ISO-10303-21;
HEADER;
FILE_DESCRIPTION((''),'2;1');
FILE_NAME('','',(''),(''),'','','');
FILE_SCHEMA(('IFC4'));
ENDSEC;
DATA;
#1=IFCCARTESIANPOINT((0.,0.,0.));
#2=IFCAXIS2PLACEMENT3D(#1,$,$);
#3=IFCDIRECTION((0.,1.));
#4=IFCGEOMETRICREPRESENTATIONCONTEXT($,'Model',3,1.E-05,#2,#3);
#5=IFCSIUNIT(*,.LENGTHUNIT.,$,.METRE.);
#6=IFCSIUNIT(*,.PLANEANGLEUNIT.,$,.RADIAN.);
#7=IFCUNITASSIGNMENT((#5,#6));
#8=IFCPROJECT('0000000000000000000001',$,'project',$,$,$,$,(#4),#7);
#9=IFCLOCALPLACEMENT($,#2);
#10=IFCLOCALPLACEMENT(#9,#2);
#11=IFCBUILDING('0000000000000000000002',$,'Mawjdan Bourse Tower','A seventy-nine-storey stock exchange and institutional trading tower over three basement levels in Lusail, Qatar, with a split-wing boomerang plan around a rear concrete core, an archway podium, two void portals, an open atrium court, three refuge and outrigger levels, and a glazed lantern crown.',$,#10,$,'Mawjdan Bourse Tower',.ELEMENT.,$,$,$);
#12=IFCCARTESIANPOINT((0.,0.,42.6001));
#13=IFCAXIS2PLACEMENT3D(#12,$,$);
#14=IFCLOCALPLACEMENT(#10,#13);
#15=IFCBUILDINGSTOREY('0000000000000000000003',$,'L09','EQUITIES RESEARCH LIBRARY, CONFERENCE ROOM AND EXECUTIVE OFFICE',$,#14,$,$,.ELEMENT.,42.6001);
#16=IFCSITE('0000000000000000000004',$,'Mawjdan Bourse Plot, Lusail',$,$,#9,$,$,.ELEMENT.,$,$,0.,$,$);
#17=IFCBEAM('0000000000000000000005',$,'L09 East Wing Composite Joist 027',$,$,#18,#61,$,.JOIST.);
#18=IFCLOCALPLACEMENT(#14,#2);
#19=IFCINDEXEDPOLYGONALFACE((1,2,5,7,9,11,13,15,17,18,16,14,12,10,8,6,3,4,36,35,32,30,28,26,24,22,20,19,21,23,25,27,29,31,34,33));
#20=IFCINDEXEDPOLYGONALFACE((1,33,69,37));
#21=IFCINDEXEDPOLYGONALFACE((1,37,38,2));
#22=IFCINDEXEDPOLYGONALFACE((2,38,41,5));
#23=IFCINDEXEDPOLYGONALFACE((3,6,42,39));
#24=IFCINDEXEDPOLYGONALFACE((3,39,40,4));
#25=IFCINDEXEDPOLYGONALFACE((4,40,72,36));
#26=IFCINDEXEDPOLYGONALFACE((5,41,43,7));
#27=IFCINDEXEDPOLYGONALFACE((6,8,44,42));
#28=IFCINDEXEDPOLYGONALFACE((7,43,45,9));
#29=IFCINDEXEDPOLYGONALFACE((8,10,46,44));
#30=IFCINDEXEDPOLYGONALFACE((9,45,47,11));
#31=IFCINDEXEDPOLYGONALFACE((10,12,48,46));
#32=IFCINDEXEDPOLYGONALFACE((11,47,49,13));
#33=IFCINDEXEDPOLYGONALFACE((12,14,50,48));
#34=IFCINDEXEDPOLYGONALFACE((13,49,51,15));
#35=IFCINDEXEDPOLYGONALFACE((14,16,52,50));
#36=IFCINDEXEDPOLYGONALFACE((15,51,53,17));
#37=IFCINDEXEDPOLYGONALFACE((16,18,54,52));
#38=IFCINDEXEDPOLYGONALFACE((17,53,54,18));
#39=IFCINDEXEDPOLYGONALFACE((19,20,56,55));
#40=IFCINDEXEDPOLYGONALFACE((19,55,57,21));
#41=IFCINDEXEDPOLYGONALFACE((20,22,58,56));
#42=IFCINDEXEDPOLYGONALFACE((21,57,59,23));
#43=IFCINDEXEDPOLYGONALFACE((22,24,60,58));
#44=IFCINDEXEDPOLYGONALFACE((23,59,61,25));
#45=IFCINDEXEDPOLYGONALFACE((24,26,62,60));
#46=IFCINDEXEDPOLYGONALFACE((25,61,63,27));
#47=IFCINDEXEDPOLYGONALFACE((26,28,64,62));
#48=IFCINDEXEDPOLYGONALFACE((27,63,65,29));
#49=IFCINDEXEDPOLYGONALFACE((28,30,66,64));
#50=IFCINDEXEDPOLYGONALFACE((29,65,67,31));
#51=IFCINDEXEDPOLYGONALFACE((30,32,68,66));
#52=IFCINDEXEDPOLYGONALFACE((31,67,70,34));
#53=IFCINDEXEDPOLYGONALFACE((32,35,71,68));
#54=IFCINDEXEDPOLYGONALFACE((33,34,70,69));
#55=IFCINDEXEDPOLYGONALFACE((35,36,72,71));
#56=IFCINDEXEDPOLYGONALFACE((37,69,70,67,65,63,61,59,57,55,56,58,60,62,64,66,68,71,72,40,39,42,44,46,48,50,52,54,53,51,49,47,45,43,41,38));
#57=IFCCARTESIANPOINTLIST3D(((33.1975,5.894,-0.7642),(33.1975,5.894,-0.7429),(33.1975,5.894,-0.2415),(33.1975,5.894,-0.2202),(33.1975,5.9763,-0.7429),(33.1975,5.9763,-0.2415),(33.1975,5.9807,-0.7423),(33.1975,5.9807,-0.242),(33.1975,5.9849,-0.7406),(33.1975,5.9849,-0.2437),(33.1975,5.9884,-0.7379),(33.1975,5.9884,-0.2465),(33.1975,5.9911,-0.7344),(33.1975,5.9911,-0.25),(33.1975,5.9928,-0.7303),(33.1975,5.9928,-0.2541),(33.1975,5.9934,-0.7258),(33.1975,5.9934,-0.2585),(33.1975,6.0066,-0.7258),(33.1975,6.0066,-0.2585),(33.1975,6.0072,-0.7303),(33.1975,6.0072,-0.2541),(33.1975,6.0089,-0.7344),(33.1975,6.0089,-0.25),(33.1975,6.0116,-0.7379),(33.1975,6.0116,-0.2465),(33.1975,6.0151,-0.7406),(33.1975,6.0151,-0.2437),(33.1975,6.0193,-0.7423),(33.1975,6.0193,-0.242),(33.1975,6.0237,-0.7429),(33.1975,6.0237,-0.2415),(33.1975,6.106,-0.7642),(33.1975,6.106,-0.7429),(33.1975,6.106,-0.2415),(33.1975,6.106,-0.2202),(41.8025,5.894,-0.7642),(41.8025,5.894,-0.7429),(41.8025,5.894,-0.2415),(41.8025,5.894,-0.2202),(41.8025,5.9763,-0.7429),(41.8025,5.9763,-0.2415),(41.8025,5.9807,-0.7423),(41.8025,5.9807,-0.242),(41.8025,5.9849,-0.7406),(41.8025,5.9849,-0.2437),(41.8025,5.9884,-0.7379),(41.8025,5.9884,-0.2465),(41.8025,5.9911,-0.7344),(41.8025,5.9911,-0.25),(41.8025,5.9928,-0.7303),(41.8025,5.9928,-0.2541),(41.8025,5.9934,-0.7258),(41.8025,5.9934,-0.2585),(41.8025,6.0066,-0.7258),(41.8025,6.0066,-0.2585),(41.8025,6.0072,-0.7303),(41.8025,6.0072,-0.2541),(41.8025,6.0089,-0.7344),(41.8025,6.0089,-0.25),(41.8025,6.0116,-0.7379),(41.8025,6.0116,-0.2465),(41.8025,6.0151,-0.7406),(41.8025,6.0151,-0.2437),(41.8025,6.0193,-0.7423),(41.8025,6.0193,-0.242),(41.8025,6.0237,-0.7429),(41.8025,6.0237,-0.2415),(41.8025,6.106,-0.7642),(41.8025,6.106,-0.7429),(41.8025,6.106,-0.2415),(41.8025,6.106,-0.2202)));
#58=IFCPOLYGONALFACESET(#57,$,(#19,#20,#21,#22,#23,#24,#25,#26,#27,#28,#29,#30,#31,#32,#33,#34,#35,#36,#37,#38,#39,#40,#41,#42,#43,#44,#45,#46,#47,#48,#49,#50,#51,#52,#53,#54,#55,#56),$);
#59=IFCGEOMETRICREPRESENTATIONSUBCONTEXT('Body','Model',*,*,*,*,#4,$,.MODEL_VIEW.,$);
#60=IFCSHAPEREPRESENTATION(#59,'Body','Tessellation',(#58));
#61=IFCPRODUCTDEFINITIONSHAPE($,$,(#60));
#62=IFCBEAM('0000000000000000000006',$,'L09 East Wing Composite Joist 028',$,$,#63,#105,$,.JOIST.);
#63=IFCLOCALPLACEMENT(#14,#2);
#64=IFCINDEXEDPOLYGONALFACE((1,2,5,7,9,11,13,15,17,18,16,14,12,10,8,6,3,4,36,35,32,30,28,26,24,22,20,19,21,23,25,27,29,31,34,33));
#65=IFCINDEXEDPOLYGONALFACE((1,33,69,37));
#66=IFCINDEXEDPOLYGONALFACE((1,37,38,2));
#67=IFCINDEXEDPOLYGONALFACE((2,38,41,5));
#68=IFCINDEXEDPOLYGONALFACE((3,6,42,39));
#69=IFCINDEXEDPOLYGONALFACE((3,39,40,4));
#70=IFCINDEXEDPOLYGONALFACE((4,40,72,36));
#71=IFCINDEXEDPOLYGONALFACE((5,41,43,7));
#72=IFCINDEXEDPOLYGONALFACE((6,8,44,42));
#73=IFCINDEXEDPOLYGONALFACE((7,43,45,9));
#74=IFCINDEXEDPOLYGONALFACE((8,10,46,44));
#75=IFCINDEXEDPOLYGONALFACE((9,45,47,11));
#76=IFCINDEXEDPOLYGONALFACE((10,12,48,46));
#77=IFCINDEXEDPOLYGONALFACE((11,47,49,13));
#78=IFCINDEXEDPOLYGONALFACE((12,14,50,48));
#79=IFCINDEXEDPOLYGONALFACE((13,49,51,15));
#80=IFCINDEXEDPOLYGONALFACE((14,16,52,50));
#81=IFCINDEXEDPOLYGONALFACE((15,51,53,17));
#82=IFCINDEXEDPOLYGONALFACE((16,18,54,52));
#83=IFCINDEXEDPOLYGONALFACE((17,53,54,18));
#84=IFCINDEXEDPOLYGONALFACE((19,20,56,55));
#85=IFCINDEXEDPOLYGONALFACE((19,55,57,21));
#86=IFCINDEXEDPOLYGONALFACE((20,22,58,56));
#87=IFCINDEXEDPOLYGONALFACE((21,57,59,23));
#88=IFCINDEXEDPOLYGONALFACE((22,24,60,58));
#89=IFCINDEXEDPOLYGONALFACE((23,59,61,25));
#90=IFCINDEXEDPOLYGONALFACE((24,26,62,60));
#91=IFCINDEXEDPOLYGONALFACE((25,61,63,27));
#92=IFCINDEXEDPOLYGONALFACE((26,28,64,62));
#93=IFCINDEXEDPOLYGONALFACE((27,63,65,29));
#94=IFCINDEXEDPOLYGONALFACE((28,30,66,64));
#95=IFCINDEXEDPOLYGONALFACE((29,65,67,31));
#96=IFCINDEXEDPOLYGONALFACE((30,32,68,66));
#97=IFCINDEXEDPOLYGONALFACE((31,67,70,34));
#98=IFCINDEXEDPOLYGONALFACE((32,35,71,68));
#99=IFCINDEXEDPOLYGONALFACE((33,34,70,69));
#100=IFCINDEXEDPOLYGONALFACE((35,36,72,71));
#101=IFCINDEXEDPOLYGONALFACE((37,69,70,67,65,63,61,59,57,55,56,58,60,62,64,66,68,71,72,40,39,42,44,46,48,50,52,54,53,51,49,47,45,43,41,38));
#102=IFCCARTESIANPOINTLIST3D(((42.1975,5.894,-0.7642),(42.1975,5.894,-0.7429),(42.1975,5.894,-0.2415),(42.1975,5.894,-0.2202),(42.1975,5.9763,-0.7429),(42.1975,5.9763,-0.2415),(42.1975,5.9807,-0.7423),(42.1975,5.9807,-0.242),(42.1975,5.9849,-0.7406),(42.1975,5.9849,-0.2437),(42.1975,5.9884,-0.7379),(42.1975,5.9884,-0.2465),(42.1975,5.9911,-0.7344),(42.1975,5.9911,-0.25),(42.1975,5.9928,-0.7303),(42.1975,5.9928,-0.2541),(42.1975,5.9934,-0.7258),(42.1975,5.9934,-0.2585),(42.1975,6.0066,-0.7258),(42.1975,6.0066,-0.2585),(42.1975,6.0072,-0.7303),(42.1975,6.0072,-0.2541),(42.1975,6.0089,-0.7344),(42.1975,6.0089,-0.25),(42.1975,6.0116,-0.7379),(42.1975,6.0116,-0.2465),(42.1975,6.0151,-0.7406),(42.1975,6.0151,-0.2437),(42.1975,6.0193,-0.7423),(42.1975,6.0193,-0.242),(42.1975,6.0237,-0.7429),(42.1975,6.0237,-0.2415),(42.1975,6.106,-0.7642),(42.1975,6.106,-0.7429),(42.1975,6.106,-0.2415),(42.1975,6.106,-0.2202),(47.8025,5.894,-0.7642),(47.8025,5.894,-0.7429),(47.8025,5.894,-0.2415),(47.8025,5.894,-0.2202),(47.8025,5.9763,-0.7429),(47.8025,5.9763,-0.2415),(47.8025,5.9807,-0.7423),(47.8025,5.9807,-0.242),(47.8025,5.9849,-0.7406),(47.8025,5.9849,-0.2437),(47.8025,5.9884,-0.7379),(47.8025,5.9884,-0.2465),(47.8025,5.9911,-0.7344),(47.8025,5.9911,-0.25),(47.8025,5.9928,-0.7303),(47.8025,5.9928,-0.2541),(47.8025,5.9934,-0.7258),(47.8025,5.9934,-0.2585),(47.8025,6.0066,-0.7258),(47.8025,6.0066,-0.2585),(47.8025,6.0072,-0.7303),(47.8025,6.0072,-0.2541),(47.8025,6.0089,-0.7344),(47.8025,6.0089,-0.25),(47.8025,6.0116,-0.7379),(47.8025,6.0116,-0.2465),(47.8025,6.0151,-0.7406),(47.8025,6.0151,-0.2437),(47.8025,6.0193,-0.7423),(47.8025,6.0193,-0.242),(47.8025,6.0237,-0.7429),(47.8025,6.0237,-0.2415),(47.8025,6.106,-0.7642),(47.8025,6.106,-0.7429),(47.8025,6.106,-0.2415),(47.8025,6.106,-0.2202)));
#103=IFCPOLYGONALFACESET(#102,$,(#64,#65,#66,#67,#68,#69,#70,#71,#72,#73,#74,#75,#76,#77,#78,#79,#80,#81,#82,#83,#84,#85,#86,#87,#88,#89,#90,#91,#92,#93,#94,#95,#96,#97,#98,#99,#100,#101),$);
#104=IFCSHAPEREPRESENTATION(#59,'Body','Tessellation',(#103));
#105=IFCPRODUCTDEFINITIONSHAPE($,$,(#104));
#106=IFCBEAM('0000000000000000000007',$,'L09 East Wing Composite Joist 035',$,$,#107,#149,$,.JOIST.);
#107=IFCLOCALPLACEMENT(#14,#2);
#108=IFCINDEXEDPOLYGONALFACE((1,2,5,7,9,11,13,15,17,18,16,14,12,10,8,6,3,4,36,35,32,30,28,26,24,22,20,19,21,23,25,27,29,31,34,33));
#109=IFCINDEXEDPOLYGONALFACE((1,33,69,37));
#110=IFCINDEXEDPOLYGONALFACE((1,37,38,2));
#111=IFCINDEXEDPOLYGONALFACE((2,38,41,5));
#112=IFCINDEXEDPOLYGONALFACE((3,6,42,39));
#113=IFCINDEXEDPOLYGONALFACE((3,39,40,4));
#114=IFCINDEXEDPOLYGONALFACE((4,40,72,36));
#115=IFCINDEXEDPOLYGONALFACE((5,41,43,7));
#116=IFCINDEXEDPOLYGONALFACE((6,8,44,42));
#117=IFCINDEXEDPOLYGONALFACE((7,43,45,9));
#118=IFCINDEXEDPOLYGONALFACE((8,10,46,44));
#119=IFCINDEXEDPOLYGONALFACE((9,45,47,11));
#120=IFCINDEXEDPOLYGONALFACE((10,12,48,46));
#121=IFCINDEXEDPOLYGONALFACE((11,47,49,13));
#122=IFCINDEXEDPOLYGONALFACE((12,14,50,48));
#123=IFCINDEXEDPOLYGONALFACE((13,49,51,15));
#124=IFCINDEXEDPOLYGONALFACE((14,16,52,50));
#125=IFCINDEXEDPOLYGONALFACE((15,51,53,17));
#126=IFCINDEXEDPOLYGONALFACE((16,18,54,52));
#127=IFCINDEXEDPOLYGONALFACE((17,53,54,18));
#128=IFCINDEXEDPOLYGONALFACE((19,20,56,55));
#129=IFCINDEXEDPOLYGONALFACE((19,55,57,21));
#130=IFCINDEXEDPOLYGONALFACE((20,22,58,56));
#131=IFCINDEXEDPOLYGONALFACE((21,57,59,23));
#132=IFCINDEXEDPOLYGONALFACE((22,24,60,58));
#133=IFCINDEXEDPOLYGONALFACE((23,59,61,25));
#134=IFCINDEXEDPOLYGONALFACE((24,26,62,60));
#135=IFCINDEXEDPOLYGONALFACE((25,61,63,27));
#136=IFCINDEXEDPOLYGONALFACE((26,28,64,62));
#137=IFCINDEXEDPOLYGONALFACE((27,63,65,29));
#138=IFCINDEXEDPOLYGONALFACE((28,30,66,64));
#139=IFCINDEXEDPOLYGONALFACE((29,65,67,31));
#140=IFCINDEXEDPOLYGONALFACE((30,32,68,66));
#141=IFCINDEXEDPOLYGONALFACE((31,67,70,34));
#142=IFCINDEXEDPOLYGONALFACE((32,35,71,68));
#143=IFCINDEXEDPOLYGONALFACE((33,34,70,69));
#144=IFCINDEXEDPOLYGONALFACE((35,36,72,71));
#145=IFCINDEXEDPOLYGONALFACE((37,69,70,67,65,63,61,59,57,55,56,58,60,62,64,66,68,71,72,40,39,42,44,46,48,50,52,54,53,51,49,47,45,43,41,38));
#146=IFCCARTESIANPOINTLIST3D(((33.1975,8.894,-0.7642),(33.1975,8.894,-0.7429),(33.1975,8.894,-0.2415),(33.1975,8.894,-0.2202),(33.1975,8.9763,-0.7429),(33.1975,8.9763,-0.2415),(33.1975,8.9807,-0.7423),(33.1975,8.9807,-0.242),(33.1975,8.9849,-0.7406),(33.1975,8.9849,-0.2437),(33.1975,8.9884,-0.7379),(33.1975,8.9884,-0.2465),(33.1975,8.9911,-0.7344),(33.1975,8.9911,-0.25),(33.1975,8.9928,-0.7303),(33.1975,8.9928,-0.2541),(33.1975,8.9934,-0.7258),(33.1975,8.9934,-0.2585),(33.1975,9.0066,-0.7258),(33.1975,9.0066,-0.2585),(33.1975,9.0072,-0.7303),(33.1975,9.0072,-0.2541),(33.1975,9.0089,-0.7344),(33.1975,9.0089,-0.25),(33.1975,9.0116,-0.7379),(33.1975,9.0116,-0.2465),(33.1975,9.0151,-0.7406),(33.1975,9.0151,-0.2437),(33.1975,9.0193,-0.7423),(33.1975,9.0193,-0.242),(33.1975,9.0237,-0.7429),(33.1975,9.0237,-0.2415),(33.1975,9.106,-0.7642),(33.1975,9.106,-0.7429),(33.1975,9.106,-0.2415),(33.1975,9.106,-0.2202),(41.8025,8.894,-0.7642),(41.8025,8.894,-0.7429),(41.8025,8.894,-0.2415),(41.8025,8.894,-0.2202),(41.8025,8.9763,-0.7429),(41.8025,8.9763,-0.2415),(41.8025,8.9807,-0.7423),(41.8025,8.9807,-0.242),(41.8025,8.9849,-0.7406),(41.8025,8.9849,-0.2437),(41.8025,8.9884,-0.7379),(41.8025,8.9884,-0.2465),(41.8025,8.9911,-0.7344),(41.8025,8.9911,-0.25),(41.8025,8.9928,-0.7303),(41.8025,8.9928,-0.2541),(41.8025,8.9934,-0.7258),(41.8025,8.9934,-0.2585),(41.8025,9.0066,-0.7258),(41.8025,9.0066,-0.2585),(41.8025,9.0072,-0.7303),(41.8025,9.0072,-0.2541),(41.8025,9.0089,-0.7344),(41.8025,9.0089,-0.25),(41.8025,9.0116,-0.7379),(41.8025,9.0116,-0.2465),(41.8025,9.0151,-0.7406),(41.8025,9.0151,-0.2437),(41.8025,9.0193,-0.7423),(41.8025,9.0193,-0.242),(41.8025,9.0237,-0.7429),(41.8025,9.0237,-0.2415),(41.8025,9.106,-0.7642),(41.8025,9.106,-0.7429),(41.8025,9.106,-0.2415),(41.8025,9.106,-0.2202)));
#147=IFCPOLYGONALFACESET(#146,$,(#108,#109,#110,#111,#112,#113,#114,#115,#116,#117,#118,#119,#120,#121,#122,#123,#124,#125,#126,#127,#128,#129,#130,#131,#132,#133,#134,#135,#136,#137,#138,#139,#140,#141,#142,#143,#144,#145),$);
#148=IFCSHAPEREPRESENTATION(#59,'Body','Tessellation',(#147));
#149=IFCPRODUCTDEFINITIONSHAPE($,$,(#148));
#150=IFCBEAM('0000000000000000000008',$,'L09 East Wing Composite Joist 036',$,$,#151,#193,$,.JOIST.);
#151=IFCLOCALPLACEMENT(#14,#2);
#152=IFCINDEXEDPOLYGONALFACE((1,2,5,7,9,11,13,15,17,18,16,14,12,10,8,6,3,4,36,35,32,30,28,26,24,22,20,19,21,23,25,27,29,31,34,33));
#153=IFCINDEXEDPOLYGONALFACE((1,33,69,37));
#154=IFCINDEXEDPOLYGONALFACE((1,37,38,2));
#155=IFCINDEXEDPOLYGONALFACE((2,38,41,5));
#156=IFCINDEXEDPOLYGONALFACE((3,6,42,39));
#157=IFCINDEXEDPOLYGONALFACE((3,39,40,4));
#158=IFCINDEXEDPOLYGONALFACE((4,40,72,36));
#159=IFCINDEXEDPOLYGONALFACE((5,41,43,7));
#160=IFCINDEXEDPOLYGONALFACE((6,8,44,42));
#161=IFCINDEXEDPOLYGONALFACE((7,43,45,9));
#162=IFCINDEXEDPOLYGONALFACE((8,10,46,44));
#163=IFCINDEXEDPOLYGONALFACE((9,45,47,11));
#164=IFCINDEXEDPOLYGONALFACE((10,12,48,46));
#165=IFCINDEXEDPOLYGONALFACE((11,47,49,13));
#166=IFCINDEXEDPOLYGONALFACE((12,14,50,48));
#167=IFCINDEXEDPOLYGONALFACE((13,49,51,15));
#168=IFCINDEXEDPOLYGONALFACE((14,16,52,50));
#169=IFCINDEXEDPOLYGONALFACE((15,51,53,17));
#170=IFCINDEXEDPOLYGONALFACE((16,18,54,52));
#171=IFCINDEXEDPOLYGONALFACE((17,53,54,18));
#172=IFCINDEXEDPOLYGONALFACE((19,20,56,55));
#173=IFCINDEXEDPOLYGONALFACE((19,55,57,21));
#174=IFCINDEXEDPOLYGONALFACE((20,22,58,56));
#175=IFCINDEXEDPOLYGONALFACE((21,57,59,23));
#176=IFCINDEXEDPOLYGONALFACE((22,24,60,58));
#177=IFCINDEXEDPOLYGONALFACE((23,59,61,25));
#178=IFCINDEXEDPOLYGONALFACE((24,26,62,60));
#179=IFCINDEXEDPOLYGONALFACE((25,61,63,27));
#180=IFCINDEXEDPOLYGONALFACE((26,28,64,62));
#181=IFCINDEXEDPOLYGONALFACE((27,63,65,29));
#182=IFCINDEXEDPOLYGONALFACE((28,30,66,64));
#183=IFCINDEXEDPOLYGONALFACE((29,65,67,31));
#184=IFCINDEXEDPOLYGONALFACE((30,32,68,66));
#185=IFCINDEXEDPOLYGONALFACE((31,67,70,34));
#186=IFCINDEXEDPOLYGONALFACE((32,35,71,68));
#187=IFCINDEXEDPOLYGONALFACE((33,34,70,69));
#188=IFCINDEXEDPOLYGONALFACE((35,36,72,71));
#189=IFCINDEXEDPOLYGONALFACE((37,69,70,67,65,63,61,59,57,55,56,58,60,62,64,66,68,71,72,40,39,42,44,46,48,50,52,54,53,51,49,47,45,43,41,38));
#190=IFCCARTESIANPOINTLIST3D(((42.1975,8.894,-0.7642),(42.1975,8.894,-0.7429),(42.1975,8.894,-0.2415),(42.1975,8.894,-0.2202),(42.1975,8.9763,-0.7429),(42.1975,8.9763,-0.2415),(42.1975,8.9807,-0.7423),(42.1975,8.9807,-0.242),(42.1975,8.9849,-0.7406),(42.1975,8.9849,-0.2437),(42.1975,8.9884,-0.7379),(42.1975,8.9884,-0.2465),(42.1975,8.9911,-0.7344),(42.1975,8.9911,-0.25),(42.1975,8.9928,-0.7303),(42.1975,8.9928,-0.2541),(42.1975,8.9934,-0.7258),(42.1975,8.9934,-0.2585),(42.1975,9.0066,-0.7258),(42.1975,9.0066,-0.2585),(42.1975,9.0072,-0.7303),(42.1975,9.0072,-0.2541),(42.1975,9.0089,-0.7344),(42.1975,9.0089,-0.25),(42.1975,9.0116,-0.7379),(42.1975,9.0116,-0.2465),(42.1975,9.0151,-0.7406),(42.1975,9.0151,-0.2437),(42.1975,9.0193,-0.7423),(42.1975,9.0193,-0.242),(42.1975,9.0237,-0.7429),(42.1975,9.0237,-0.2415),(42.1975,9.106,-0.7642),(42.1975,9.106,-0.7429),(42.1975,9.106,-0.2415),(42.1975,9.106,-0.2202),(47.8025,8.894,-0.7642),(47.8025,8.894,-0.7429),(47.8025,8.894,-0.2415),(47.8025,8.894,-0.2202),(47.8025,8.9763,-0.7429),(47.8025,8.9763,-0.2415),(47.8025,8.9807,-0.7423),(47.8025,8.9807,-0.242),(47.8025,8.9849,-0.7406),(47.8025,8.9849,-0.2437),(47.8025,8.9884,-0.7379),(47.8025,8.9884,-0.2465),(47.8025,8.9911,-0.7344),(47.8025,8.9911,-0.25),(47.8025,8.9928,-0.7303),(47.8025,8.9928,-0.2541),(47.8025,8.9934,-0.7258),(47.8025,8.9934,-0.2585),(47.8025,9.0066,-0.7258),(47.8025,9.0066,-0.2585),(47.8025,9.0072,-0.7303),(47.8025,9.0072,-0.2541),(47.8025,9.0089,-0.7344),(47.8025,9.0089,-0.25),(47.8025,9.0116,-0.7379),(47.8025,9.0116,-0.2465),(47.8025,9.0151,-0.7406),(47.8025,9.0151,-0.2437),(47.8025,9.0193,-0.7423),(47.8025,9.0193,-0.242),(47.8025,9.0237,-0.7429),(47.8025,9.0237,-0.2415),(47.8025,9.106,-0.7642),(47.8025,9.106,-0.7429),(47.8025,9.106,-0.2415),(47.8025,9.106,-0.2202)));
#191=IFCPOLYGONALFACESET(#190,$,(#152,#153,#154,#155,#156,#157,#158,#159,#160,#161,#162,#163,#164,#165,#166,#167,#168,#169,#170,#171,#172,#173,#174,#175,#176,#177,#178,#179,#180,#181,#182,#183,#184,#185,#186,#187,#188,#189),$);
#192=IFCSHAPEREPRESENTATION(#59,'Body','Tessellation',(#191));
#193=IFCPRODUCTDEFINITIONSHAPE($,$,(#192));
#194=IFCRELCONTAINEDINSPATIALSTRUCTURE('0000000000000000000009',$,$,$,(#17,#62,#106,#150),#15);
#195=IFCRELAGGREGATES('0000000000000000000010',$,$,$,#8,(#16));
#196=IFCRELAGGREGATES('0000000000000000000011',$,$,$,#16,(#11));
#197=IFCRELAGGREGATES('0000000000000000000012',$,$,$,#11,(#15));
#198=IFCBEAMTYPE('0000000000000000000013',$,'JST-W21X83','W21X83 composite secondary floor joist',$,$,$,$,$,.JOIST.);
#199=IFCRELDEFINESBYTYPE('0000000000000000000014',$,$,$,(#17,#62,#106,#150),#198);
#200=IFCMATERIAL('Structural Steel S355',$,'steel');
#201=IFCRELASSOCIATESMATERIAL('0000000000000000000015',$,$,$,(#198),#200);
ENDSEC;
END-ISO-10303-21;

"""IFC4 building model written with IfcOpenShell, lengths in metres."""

from ifc_helpers import new_model, si_unit, direction, frame, origin, origin_2d, place, context, subcontext, project, spatial, i_section, extrude, material, material_profile, profile_set, type_object, element, save


model = new_model("IFC4")

# Units and contexts
model_context = context("Model", 3, precision=1e-05, world=origin(), true_north=direction((0.0, 1.0)))
body_context = subcontext(model_context, "Body", "Model", "MODEL_VIEW")
ifc_project = project(units=[si_unit("LENGTHUNIT", "METRE"), si_unit("PLANEANGLEUNIT", "RADIAN")], contexts=[model_context])

# Site, building, storey
site_placement = place(None, origin())
site = spatial("IfcSite", under=ifc_project, at=site_placement, Name="Mawjdan Bourse Plot, Lusail", CompositionType="ELEMENT", RefElevation=0.0)
building_placement = place(site_placement, origin())
building = spatial("IfcBuilding", under=site, at=building_placement, Name="Mawjdan Bourse Tower", Description="A seventy-nine-storey stock exchange and institutional trading tower over three basement levels in Lusail, Qatar, with a split-wing boomerang plan around a rear concrete core, an archway podium, two void portals, an open atrium court, three refuge and outrigger levels, and a glazed lantern crown.", LongName="Mawjdan Bourse Tower", CompositionType="ELEMENT")
storey_placement = place(building_placement, frame((0.0, 0.0, 42.6001)))
storey = spatial("IfcBuildingStorey", under=building, at=storey_placement, Name="L09", Description="EQUITIES RESEARCH LIBRARY, CONFERENCE ROOM AND EXECUTIVE OFFICE", CompositionType="ELEMENT", Elevation=42.6001)

# Beams
ifc_material_1 = material(Name="Structural Steel S355", Category="steel")
ifc_material_profile_1 = material_profile(ifc_material_1, i_section(OverallWidth=0.2119, OverallDepth=0.5439, WebThickness=0.0132, FlangeThickness=0.0212, FilletRadius=0.0171, at=origin_2d()), Name="W21X83")
ifc_profile_set_1 = profile_set([ifc_material_profile_1], Name="Structural Steel S355")
beam_type_1 = type_object("IfcBeamType", Name="JST-W21X83", Description="W21X83 composite secondary floor joist", PredefinedType="JOIST", material=ifc_profile_set_1)
beam_1_placement = place(storey_placement, frame((33.1975, 6.0, -0.4922), z_axis=(1.0, 0.0, 0.0), x_axis=(0.0, 1.0, 0.0)))
element("IfcBeam", 1, at=beam_1_placement, inside=storey, type_object=beam_type_1, Name="L09 East Wing Composite Joist 027", PredefinedType="JOIST", context=body_context, shape_type="SweptSolid", body=[
    extrude(i_section(OverallWidth=0.2119, OverallDepth=0.5439, WebThickness=0.0132, FlangeThickness=0.0212, FilletRadius=0.0171, at=origin_2d()), origin(), (0.0, 0.0, 1.0), 8.605),
])
beam_2_placement = place(storey_placement, frame((42.1975, 6.0, -0.4922), z_axis=(1.0, 0.0, 0.0), x_axis=(0.0, 1.0, 0.0)))
element("IfcBeam", 2, at=beam_2_placement, inside=storey, type_object=beam_type_1, Name="L09 East Wing Composite Joist 028", PredefinedType="JOIST", context=body_context, shape_type="SweptSolid", body=[
    extrude(i_section(OverallWidth=0.2119, OverallDepth=0.5439, WebThickness=0.0132, FlangeThickness=0.0212, FilletRadius=0.0171, at=origin_2d()), origin(), (0.0, 0.0, 1.0), 5.605),
])
beam_3_placement = place(storey_placement, frame((33.1975, 9.0, -0.4922), z_axis=(1.0, 0.0, 0.0), x_axis=(0.0, 1.0, 0.0)))
element("IfcBeam", 3, at=beam_3_placement, inside=storey, type_object=beam_type_1, Name="L09 East Wing Composite Joist 035", PredefinedType="JOIST", context=body_context, shape_type="SweptSolid", body=[
    extrude(i_section(OverallWidth=0.2119, OverallDepth=0.5439, WebThickness=0.0132, FlangeThickness=0.0212, FilletRadius=0.0171, at=origin_2d()), origin(), (0.0, 0.0, 1.0), 8.605),
])
beam_4_placement = place(storey_placement, frame((42.1975, 9.0, -0.4922), z_axis=(1.0, 0.0, 0.0), x_axis=(0.0, 1.0, 0.0)))
element("IfcBeam", 4, at=beam_4_placement, inside=storey, type_object=beam_type_1, Name="L09 East Wing Composite Joist 036", PredefinedType="JOIST", context=body_context, shape_type="SweptSolid", body=[
    extrude(i_section(OverallWidth=0.2119, OverallDepth=0.5439, WebThickness=0.0132, FlangeThickness=0.0212, FilletRadius=0.0171, at=origin_2d()), origin(), (0.0, 0.0, 1.0), 5.605),
])

save(model, "model.ifc")
